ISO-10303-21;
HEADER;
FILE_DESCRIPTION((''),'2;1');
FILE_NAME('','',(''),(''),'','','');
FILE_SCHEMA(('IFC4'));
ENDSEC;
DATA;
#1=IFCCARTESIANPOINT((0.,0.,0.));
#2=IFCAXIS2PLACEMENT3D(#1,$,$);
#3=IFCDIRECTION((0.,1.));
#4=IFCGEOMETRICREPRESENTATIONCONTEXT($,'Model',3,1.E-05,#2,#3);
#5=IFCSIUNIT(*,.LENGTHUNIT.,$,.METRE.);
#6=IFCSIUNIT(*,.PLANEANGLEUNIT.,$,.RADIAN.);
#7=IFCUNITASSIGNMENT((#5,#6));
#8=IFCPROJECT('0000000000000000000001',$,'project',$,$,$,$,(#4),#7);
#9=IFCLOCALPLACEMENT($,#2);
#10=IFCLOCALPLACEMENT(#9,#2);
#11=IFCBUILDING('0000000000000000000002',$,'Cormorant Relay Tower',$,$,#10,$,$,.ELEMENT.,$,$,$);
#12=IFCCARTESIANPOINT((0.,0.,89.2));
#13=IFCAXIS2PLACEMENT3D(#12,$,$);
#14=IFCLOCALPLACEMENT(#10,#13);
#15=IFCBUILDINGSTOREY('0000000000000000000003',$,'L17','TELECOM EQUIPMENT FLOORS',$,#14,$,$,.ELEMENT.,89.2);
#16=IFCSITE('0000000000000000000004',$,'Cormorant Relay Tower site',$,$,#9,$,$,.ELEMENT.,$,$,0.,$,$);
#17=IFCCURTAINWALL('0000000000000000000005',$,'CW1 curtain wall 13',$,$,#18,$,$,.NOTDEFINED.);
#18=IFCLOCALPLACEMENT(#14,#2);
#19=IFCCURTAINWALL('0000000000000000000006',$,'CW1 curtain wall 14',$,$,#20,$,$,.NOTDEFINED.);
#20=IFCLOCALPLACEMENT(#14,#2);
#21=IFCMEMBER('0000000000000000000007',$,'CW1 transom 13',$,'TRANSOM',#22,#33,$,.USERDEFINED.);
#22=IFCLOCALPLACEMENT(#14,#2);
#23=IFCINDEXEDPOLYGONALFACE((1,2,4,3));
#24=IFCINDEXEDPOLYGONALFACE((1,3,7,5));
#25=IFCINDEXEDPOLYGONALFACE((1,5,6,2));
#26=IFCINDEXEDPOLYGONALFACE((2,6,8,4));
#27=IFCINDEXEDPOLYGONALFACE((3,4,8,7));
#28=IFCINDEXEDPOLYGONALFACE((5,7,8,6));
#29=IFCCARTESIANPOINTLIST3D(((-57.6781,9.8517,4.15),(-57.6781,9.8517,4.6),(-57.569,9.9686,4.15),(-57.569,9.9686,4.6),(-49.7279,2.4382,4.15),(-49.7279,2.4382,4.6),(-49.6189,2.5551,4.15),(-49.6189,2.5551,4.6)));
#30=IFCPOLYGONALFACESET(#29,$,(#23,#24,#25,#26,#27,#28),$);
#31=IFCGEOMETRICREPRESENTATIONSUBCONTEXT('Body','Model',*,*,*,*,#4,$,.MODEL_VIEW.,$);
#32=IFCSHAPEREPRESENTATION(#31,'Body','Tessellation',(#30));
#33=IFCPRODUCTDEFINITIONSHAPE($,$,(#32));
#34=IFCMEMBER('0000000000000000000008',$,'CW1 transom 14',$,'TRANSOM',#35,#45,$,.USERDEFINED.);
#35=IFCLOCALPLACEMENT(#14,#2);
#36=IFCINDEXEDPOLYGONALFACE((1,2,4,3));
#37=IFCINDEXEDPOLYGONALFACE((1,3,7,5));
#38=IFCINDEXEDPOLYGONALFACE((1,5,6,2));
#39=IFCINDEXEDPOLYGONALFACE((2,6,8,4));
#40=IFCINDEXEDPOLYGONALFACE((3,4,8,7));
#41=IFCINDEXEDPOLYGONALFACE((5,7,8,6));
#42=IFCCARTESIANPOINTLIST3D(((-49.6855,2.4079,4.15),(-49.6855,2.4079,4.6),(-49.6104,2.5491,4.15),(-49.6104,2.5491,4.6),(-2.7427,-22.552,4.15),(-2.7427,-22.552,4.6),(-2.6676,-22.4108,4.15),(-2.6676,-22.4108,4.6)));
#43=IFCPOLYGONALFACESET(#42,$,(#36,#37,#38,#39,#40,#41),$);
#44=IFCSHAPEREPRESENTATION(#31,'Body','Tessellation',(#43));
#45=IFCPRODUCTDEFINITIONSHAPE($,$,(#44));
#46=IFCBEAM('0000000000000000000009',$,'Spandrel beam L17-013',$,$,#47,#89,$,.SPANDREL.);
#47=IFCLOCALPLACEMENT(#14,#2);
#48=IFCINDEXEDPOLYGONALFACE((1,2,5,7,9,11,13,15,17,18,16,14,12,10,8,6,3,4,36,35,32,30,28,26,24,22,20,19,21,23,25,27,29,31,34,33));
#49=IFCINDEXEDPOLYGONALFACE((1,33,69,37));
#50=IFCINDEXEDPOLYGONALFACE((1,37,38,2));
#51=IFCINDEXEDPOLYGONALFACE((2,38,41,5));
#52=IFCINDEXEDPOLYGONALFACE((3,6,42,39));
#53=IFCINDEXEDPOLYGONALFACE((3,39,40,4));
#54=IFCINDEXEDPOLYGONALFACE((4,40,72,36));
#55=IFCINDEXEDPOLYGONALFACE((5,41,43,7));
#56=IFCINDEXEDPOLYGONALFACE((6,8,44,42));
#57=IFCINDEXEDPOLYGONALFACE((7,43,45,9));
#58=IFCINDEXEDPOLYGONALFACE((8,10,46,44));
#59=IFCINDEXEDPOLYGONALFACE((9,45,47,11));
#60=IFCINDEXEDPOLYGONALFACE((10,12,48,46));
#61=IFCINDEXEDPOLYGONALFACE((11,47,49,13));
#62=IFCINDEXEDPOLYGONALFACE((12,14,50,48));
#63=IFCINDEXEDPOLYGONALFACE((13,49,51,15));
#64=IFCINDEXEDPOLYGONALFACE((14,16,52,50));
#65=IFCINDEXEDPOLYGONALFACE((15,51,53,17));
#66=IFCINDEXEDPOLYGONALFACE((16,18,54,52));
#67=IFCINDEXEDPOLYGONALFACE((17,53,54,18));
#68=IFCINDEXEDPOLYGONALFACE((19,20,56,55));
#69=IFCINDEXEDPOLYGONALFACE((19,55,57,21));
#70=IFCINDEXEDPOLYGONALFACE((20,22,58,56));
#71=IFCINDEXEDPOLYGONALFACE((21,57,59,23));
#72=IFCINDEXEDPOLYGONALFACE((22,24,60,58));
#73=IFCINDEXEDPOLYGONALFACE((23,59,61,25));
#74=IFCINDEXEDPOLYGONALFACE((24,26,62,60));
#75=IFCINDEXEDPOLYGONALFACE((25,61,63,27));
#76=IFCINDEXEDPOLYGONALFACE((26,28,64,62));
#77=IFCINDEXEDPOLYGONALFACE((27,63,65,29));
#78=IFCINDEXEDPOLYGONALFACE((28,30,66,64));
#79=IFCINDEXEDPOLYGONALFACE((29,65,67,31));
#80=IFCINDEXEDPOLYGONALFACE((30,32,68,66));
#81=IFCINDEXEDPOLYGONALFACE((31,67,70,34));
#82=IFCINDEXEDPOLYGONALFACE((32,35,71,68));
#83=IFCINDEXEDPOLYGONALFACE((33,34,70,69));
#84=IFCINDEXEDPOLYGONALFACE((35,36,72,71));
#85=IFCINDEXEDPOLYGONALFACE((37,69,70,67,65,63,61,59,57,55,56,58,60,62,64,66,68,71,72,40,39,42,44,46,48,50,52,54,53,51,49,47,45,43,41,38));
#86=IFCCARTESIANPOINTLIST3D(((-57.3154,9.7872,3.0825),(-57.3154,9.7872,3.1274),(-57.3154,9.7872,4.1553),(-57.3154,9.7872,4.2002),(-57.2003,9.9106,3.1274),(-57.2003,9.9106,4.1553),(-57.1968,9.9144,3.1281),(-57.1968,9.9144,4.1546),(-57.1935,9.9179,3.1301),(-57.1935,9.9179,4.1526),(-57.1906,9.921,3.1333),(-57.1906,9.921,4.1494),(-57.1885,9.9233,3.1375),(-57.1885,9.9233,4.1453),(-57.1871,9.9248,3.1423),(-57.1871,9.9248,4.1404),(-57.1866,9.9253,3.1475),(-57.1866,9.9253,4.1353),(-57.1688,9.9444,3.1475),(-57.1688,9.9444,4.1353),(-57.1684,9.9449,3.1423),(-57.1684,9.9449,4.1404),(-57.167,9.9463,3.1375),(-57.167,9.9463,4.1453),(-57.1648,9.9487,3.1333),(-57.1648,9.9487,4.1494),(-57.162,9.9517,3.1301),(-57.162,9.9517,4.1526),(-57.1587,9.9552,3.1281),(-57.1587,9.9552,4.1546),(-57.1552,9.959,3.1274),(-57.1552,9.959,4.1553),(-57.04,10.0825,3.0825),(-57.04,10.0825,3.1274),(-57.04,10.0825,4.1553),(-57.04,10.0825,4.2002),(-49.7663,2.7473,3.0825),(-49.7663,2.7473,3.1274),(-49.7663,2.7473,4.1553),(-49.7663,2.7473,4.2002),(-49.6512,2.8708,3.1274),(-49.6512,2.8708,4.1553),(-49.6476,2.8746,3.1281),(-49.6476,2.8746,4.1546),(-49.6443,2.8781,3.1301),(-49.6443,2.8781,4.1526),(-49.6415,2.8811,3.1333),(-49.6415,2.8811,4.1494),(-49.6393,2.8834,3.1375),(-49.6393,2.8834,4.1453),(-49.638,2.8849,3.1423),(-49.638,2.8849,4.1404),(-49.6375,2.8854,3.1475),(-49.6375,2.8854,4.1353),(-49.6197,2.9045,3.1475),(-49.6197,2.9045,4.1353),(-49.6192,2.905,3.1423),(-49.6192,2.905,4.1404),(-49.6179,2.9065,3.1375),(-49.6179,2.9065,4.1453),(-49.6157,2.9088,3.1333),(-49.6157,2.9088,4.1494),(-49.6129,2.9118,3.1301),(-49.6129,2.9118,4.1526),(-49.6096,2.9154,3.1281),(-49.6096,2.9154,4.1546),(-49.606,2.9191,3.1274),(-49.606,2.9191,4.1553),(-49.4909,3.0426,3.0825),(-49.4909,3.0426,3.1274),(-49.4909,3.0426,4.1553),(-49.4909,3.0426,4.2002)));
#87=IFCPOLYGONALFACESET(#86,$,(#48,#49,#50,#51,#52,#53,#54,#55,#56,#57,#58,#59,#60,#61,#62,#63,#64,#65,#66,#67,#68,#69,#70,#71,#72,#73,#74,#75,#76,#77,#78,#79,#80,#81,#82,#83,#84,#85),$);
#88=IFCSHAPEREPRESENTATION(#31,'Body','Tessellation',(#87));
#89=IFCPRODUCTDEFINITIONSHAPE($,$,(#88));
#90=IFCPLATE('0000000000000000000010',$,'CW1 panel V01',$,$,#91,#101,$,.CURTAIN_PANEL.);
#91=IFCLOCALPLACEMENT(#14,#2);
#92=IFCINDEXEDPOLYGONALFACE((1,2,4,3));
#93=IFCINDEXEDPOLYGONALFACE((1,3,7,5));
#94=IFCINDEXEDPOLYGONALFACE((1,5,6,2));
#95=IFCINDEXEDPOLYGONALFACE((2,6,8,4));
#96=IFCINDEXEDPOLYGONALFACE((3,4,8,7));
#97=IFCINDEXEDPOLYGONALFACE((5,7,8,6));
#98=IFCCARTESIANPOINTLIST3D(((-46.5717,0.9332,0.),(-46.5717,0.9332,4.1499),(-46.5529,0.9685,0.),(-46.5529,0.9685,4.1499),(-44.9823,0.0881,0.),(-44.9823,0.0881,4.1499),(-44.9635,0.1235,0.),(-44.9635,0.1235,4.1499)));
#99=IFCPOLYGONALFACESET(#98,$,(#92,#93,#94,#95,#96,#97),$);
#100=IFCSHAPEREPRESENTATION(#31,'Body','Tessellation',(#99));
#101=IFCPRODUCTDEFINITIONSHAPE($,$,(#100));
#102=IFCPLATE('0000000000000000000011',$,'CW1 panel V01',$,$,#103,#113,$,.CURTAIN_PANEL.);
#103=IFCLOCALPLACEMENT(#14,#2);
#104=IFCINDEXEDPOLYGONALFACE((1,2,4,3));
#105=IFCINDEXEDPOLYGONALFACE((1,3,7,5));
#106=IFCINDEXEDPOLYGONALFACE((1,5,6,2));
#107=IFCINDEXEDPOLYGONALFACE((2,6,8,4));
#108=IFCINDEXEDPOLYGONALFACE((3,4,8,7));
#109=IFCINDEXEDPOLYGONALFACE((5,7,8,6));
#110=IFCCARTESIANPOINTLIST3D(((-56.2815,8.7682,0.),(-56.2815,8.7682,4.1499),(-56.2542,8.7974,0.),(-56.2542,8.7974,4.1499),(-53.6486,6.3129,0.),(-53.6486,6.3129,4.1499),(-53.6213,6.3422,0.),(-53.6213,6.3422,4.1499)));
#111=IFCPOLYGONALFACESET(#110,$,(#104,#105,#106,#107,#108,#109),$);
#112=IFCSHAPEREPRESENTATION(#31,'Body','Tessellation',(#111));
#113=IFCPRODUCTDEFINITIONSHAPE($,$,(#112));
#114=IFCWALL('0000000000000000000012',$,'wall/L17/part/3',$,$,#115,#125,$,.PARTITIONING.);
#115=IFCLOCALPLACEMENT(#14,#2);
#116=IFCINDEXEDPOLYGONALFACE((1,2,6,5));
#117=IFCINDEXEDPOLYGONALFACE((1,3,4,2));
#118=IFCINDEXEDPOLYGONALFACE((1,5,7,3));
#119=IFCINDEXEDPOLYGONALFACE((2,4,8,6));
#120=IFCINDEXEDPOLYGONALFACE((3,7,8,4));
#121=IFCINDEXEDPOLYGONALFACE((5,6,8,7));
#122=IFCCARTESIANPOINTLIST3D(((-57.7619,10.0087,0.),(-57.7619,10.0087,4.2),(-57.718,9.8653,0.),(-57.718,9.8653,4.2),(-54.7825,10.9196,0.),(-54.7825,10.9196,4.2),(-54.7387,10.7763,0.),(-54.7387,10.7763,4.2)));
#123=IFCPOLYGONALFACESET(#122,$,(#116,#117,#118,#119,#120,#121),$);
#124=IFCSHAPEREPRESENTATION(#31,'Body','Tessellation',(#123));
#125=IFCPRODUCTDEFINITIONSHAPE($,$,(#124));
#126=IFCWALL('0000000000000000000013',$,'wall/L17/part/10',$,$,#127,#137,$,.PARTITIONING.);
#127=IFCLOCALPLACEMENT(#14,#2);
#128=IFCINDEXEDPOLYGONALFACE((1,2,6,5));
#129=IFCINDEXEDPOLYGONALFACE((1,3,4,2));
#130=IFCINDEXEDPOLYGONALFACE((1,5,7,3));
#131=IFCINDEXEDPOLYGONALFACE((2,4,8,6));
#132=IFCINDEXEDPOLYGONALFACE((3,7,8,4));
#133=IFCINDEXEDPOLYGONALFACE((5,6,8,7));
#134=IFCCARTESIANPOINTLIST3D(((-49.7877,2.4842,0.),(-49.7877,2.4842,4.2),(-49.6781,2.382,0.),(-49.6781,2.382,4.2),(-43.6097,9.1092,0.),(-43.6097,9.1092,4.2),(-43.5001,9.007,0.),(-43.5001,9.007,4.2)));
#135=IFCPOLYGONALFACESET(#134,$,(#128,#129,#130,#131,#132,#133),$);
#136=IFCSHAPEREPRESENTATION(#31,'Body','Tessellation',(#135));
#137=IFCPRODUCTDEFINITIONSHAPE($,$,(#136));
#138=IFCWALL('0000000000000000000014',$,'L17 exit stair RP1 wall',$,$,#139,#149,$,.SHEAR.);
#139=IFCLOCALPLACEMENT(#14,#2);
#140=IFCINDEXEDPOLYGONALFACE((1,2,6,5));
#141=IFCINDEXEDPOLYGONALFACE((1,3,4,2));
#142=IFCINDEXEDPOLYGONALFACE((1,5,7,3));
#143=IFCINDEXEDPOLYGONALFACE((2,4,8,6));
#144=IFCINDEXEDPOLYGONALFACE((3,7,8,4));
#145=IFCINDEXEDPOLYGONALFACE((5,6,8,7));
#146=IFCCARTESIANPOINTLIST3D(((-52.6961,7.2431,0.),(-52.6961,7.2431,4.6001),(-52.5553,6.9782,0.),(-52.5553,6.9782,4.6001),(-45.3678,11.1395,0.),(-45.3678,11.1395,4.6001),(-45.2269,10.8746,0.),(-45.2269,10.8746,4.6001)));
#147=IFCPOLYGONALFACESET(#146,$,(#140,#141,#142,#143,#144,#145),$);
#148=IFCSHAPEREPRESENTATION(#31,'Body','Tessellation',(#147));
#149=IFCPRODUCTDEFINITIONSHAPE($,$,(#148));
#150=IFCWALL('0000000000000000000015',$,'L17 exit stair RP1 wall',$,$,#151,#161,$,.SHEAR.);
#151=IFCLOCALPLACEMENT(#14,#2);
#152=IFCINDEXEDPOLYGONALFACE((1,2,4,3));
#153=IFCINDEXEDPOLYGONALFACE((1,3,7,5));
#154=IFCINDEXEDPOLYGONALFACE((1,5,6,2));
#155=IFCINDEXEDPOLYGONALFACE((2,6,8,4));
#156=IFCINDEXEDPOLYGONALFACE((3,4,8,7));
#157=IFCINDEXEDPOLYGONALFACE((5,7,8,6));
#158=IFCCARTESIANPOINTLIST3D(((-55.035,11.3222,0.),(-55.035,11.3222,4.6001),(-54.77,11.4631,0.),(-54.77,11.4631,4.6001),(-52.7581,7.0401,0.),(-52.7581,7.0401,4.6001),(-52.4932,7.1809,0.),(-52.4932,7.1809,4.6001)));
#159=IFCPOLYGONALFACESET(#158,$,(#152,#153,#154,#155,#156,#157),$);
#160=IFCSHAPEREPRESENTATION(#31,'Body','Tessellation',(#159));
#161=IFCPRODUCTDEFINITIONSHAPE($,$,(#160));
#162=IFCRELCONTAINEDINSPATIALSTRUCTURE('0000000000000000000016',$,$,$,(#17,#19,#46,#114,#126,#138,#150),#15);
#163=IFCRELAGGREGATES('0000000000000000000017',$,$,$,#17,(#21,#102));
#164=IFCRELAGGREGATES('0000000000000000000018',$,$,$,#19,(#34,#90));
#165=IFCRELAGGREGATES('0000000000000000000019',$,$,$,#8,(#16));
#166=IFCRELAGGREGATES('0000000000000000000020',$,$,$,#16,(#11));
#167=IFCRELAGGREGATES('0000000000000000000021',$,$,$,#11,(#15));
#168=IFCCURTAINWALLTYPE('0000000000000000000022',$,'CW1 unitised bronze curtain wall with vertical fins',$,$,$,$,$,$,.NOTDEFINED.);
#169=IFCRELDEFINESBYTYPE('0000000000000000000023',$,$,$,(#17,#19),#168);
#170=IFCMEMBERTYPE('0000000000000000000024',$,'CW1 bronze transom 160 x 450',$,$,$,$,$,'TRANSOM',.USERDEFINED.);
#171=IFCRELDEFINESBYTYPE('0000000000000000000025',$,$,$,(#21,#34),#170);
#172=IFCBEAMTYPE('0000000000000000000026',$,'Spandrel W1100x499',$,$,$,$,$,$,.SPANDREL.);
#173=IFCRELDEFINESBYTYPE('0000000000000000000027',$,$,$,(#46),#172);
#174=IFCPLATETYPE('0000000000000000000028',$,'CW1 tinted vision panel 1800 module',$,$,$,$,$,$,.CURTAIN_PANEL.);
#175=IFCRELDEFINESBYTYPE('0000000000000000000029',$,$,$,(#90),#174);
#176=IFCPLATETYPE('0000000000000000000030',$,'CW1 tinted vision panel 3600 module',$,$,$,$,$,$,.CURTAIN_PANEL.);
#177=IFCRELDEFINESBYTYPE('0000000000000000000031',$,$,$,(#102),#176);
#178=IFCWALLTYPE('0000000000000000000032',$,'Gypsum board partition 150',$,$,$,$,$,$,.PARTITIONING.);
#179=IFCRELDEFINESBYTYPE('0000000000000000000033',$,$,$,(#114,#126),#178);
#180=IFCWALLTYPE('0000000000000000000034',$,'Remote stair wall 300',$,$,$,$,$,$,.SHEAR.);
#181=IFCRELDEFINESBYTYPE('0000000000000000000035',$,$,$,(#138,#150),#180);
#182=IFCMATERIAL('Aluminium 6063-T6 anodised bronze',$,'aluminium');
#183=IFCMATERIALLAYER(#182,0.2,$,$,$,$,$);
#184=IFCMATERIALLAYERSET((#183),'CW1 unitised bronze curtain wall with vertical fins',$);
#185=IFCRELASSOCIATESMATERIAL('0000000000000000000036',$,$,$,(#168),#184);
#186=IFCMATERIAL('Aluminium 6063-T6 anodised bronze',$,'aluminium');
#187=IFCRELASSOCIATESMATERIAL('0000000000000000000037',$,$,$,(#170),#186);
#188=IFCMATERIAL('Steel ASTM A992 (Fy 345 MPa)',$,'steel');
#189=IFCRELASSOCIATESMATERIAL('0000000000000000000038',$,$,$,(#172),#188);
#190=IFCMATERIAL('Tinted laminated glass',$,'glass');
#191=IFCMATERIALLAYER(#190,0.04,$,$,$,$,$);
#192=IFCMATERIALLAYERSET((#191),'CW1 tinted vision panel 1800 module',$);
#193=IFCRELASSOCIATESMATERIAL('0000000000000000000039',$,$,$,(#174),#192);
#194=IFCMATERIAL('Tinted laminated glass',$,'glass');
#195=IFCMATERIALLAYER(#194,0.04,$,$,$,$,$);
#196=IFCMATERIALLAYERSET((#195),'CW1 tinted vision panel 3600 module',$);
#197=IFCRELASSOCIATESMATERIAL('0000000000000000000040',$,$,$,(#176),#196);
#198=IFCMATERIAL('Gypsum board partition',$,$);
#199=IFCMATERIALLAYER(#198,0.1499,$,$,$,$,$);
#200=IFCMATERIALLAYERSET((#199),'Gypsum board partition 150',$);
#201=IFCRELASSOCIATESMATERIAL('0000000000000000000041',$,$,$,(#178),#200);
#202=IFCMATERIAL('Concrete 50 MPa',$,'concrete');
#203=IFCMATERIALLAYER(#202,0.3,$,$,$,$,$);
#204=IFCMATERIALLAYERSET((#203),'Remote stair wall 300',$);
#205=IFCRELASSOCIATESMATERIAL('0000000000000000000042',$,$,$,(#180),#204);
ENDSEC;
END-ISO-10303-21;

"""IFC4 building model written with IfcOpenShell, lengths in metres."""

from ifc_helpers import new_model, si_unit, direction, frame, frame_2d, origin, origin_2d, place, context, subcontext, project, spatial, rectangle, i_section, extrude, material, layer, layer_set, material_profile, profile_set, type_object, element, aggregate, save


model = new_model("IFC4")

# Units and contexts
model_context = context("Model", 3, precision=1e-05, world=origin(), true_north=direction((0.0, 1.0)))
body_context = subcontext(model_context, "Body", "Model", "MODEL_VIEW")
ifc_project = project(units=[si_unit("LENGTHUNIT", "METRE"), si_unit("PLANEANGLEUNIT", "RADIAN")], contexts=[model_context])

# Site, building, storey
site_placement = place(None, origin())
site = spatial("IfcSite", under=ifc_project, at=site_placement, Name="Cormorant Relay Tower site", CompositionType="ELEMENT", RefElevation=0.0)
building_placement = place(site_placement, origin())
building = spatial("IfcBuilding", under=site, at=building_placement, Name="Cormorant Relay Tower", CompositionType="ELEMENT")
storey_placement = place(building_placement, frame((0.0, 0.0, 89.2)))
storey = spatial("IfcBuildingStorey", under=building, at=storey_placement, Name="L17", Description="TELECOM EQUIPMENT FLOORS", CompositionType="ELEMENT", Elevation=89.2)

# Curtain walls
ifc_material_1 = material(Name="Aluminium 6063-T6 anodised bronze", Category="aluminium")
ifc_layer_1 = layer(ifc_material_1, 0.2)
ifc_layer_set_1 = layer_set([ifc_layer_1], Name="CW1 unitised bronze curtain wall with vertical fins")
curtain_wall_type = type_object("IfcCurtainWallType", Name="CW1 unitised bronze curtain wall with vertical fins", PredefinedType="NOTDEFINED", material=ifc_layer_set_1)
curtain_wall_1_placement = place(storey_placement, origin())
curtain_wall_1 = element("IfcCurtainWall", 1, at=curtain_wall_1_placement, inside=storey, type_object=curtain_wall_type, Name="CW1 curtain wall 13", PredefinedType="NOTDEFINED")
curtain_wall_2_placement = place(storey_placement, origin())
curtain_wall_2 = element("IfcCurtainWall", 2, at=curtain_wall_2_placement, inside=storey, type_object=curtain_wall_type, Name="CW1 curtain wall 14", PredefinedType="NOTDEFINED")

# Members
ifc_material_2 = material(Name="Aluminium 6063-T6 anodised bronze", Category="aluminium")
ifc_material_profile_1 = material_profile(ifc_material_2, rectangle(XDim=0.1599, YDim=0.45, at=origin_2d()), Name="AL 160x450")
ifc_profile_set_1 = profile_set([ifc_material_profile_1], Name="Aluminium 6063-T6 anodised bronze")
member_type_1 = type_object("IfcMemberType", Name="CW1 bronze transom 160 x 450", ElementType="TRANSOM", PredefinedType="USERDEFINED", material=ifc_profile_set_1)
member_1_placement = place(storey_placement, frame((-57.6235, 9.9102, 4.375), z_axis=(0.731358, -0.681993, 0.0), x_axis=(0.681993, 0.731358, 0.0)))
member_1 = element("IfcMember", 3, at=member_1_placement, type_object=member_type_1, Name="CW1 transom 13", ObjectType="TRANSOM", PredefinedType="USERDEFINED", context=body_context, shape_type="SweptSolid", body=[
    extrude(rectangle(XDim=0.1599, YDim=0.45, at=origin_2d()), origin(), (0.0, 0.0, 1.0), 10.8704),
])
member_2_placement = place(storey_placement, frame((-49.6479, 2.4785, 4.375), z_axis=(0.882948, -0.469471, 0.0), x_axis=(0.469471, 0.882948, 0.0)))
member_2 = element("IfcMember", 4, at=member_2_placement, type_object=member_type_1, Name="CW1 transom 14", ObjectType="TRANSOM", PredefinedType="USERDEFINED", context=body_context, shape_type="SweptSolid", body=[
    extrude(rectangle(XDim=0.1599, YDim=0.45, at=origin_2d()), origin(), (0.0, 0.0, 1.0), 53.166),
])

# Beam
ifc_material_3 = material(Name="Steel ASTM A992 (Fy 345 MPa)", Category="steel")
ifc_material_profile_2 = material_profile(ifc_material_3, i_section(OverallWidth=0.4038, OverallDepth=1.1177, WebThickness=0.0261, FlangeThickness=0.0449, FilletRadius=0.02, at=origin_2d()), Name="W1100x499")
ifc_profile_set_2 = profile_set([ifc_material_profile_2], Name="Steel ASTM A992 (Fy 345 MPa)")
beam_type = type_object("IfcBeamType", Name="Spandrel W1100x499", PredefinedType="SPANDREL", material=ifc_profile_set_2)
beam_placement = place(storey_placement, frame((-57.1777, 9.9348, 3.6414), z_axis=(0.731345, -0.682007, 0.0), x_axis=(0.682007, 0.731345, 0.0)))
element("IfcBeam", 5, at=beam_placement, inside=storey, type_object=beam_type, Name="Spandrel beam L17-013", PredefinedType="SPANDREL", context=body_context, shape_type="SweptSolid", body=[
    extrude(i_section(OverallWidth=0.4038, OverallDepth=1.1177, WebThickness=0.0261, FlangeThickness=0.0449, FilletRadius=0.02, at=origin_2d()), origin(), (0.0, 0.0, 1.0), 10.3223),
])

# Plates
ifc_material_4 = material(Name="Tinted laminated glass", Category="glass")
ifc_layer_2 = layer(ifc_material_4, 0.04)
ifc_layer_set_2 = layer_set([ifc_layer_2], Name="CW1 tinted vision panel 1800 module")
plate_type_1 = type_object("IfcPlateType", Name="CW1 tinted vision panel 1800 module", PredefinedType="CURTAIN_PANEL", material=ifc_layer_set_2)
plate_1_placement = place(storey_placement, frame((-45.7676, 0.5283, 0.0), z_axis=(0.0, 0.0, 1.0), x_axis=(0.882948, -0.469472, 0.0)))
plate_1 = element("IfcPlate", 6, at=plate_1_placement, type_object=plate_type_1, Name="CW1 panel V01", PredefinedType="CURTAIN_PANEL", context=body_context, shape_type="SweptSolid", body=[
    extrude(rectangle(XDim=1.8, YDim=0.04, at=origin_2d()), origin(), (0.0, 0.0, 1.0), 4.1499),
])
ifc_material_5 = material(Name="Tinted laminated glass", Category="glass")
ifc_layer_3 = layer(ifc_material_5, 0.04)
ifc_layer_set_3 = layer_set([ifc_layer_3], Name="CW1 tinted vision panel 3600 module")
plate_type_2 = type_object("IfcPlateType", Name="CW1 tinted vision panel 3600 module", PredefinedType="CURTAIN_PANEL", material=ifc_layer_set_3)
plate_2_placement = place(storey_placement, frame((-54.9514, 7.5552, 0.0), z_axis=(0.0, 0.0, 1.0), x_axis=(0.731354, -0.681998, 0.0)))
plate_2 = element("IfcPlate", 7, at=plate_2_placement, type_object=plate_type_2, Name="CW1 panel V01", PredefinedType="CURTAIN_PANEL", context=body_context, shape_type="SweptSolid", body=[
    extrude(rectangle(XDim=3.6001, YDim=0.04, at=origin_2d()), origin(), (0.0, 0.0, 1.0), 4.1499),
])

# Walls
ifc_material_6 = material(Name="Gypsum board partition")
ifc_layer_4 = layer(ifc_material_6, 0.1499)
ifc_layer_set_4 = layer_set([ifc_layer_4], Name="Gypsum board partition 150")
wall_type_1 = type_object("IfcWallType", Name="Gypsum board partition 150", PredefinedType="PARTITIONING", material=ifc_layer_set_4)
wall_1_placement = place(storey_placement, frame((-54.7607, 10.8479, 0.0), z_axis=(0.0, 0.0, 1.0), x_axis=(-0.956301, -0.292384, 0.0)))
element("IfcWall", 8, at=wall_1_placement, inside=storey, type_object=wall_type_1, Name="wall/L17/part/3", PredefinedType="PARTITIONING", context=body_context, shape_type="SweptSolid", body=[
    extrude(rectangle(XDim=3.1155, YDim=0.1499, at=frame_2d((1.5576, 0.0))), origin(), (0.0, 0.0, 1.0), 4.2),
])
wall_2_placement = place(storey_placement, frame((-49.7329, 2.4331, 0.0), z_axis=(0.0, 0.0, 1.0), x_axis=(0.682002, 0.73135, 0.0)))
element("IfcWall", 9, at=wall_2_placement, inside=storey, type_object=wall_type_1, Name="wall/L17/part/10", PredefinedType="PARTITIONING", context=body_context, shape_type="SweptSolid", body=[
    extrude(rectangle(XDim=9.0586, YDim=0.1499, at=frame_2d((4.5293, 0.0))), origin(), (0.0, 0.0, 1.0), 4.2),
])
ifc_material_7 = material(Name="Concrete 50 MPa", Category="concrete")
ifc_layer_5 = layer(ifc_material_7, 0.3)
ifc_layer_set_5 = layer_set([ifc_layer_5], Name="Remote stair wall 300")
wall_type_2 = type_object("IfcWallType", Name="Remote stair wall 300", PredefinedType="SHEAR", material=ifc_layer_set_5)
wall_3_placement = place(storey_placement, frame((-45.2974, 11.0071, 0.0), z_axis=(0.0, 0.0, 1.0), x_axis=(-0.882952, -0.469464, 0.0)))
element("IfcWall", 10, at=wall_3_placement, inside=storey, type_object=wall_type_2, Name="L17 exit stair RP1 wall", PredefinedType="SHEAR", context=body_context, shape_type="SweptSolid", body=[
    extrude(rectangle(XDim=8.2998, YDim=0.3, at=frame_2d((4.1499, 0.0))), origin(), (0.0, 0.0, 1.0), 4.6001),
])
wall_4_placement = place(storey_placement, frame((-52.6257, 7.1106, 0.0), z_axis=(0.0, 0.0, 1.0), x_axis=(-0.469464, 0.882951, 0.0)))
element("IfcWall", 11, at=wall_4_placement, inside=storey, type_object=wall_type_2, Name="L17 exit stair RP1 wall", PredefinedType="SHEAR", context=body_context, shape_type="SweptSolid", body=[
    extrude(rectangle(XDim=4.8499, YDim=0.3, at=frame_2d((2.4248, 0.0))), origin(), (0.0, 0.0, 1.0), 4.6001),
])

aggregate(curtain_wall_1, [member_1, plate_2])
aggregate(curtain_wall_2, [member_2, plate_1])

save(model, "model.ifc")
